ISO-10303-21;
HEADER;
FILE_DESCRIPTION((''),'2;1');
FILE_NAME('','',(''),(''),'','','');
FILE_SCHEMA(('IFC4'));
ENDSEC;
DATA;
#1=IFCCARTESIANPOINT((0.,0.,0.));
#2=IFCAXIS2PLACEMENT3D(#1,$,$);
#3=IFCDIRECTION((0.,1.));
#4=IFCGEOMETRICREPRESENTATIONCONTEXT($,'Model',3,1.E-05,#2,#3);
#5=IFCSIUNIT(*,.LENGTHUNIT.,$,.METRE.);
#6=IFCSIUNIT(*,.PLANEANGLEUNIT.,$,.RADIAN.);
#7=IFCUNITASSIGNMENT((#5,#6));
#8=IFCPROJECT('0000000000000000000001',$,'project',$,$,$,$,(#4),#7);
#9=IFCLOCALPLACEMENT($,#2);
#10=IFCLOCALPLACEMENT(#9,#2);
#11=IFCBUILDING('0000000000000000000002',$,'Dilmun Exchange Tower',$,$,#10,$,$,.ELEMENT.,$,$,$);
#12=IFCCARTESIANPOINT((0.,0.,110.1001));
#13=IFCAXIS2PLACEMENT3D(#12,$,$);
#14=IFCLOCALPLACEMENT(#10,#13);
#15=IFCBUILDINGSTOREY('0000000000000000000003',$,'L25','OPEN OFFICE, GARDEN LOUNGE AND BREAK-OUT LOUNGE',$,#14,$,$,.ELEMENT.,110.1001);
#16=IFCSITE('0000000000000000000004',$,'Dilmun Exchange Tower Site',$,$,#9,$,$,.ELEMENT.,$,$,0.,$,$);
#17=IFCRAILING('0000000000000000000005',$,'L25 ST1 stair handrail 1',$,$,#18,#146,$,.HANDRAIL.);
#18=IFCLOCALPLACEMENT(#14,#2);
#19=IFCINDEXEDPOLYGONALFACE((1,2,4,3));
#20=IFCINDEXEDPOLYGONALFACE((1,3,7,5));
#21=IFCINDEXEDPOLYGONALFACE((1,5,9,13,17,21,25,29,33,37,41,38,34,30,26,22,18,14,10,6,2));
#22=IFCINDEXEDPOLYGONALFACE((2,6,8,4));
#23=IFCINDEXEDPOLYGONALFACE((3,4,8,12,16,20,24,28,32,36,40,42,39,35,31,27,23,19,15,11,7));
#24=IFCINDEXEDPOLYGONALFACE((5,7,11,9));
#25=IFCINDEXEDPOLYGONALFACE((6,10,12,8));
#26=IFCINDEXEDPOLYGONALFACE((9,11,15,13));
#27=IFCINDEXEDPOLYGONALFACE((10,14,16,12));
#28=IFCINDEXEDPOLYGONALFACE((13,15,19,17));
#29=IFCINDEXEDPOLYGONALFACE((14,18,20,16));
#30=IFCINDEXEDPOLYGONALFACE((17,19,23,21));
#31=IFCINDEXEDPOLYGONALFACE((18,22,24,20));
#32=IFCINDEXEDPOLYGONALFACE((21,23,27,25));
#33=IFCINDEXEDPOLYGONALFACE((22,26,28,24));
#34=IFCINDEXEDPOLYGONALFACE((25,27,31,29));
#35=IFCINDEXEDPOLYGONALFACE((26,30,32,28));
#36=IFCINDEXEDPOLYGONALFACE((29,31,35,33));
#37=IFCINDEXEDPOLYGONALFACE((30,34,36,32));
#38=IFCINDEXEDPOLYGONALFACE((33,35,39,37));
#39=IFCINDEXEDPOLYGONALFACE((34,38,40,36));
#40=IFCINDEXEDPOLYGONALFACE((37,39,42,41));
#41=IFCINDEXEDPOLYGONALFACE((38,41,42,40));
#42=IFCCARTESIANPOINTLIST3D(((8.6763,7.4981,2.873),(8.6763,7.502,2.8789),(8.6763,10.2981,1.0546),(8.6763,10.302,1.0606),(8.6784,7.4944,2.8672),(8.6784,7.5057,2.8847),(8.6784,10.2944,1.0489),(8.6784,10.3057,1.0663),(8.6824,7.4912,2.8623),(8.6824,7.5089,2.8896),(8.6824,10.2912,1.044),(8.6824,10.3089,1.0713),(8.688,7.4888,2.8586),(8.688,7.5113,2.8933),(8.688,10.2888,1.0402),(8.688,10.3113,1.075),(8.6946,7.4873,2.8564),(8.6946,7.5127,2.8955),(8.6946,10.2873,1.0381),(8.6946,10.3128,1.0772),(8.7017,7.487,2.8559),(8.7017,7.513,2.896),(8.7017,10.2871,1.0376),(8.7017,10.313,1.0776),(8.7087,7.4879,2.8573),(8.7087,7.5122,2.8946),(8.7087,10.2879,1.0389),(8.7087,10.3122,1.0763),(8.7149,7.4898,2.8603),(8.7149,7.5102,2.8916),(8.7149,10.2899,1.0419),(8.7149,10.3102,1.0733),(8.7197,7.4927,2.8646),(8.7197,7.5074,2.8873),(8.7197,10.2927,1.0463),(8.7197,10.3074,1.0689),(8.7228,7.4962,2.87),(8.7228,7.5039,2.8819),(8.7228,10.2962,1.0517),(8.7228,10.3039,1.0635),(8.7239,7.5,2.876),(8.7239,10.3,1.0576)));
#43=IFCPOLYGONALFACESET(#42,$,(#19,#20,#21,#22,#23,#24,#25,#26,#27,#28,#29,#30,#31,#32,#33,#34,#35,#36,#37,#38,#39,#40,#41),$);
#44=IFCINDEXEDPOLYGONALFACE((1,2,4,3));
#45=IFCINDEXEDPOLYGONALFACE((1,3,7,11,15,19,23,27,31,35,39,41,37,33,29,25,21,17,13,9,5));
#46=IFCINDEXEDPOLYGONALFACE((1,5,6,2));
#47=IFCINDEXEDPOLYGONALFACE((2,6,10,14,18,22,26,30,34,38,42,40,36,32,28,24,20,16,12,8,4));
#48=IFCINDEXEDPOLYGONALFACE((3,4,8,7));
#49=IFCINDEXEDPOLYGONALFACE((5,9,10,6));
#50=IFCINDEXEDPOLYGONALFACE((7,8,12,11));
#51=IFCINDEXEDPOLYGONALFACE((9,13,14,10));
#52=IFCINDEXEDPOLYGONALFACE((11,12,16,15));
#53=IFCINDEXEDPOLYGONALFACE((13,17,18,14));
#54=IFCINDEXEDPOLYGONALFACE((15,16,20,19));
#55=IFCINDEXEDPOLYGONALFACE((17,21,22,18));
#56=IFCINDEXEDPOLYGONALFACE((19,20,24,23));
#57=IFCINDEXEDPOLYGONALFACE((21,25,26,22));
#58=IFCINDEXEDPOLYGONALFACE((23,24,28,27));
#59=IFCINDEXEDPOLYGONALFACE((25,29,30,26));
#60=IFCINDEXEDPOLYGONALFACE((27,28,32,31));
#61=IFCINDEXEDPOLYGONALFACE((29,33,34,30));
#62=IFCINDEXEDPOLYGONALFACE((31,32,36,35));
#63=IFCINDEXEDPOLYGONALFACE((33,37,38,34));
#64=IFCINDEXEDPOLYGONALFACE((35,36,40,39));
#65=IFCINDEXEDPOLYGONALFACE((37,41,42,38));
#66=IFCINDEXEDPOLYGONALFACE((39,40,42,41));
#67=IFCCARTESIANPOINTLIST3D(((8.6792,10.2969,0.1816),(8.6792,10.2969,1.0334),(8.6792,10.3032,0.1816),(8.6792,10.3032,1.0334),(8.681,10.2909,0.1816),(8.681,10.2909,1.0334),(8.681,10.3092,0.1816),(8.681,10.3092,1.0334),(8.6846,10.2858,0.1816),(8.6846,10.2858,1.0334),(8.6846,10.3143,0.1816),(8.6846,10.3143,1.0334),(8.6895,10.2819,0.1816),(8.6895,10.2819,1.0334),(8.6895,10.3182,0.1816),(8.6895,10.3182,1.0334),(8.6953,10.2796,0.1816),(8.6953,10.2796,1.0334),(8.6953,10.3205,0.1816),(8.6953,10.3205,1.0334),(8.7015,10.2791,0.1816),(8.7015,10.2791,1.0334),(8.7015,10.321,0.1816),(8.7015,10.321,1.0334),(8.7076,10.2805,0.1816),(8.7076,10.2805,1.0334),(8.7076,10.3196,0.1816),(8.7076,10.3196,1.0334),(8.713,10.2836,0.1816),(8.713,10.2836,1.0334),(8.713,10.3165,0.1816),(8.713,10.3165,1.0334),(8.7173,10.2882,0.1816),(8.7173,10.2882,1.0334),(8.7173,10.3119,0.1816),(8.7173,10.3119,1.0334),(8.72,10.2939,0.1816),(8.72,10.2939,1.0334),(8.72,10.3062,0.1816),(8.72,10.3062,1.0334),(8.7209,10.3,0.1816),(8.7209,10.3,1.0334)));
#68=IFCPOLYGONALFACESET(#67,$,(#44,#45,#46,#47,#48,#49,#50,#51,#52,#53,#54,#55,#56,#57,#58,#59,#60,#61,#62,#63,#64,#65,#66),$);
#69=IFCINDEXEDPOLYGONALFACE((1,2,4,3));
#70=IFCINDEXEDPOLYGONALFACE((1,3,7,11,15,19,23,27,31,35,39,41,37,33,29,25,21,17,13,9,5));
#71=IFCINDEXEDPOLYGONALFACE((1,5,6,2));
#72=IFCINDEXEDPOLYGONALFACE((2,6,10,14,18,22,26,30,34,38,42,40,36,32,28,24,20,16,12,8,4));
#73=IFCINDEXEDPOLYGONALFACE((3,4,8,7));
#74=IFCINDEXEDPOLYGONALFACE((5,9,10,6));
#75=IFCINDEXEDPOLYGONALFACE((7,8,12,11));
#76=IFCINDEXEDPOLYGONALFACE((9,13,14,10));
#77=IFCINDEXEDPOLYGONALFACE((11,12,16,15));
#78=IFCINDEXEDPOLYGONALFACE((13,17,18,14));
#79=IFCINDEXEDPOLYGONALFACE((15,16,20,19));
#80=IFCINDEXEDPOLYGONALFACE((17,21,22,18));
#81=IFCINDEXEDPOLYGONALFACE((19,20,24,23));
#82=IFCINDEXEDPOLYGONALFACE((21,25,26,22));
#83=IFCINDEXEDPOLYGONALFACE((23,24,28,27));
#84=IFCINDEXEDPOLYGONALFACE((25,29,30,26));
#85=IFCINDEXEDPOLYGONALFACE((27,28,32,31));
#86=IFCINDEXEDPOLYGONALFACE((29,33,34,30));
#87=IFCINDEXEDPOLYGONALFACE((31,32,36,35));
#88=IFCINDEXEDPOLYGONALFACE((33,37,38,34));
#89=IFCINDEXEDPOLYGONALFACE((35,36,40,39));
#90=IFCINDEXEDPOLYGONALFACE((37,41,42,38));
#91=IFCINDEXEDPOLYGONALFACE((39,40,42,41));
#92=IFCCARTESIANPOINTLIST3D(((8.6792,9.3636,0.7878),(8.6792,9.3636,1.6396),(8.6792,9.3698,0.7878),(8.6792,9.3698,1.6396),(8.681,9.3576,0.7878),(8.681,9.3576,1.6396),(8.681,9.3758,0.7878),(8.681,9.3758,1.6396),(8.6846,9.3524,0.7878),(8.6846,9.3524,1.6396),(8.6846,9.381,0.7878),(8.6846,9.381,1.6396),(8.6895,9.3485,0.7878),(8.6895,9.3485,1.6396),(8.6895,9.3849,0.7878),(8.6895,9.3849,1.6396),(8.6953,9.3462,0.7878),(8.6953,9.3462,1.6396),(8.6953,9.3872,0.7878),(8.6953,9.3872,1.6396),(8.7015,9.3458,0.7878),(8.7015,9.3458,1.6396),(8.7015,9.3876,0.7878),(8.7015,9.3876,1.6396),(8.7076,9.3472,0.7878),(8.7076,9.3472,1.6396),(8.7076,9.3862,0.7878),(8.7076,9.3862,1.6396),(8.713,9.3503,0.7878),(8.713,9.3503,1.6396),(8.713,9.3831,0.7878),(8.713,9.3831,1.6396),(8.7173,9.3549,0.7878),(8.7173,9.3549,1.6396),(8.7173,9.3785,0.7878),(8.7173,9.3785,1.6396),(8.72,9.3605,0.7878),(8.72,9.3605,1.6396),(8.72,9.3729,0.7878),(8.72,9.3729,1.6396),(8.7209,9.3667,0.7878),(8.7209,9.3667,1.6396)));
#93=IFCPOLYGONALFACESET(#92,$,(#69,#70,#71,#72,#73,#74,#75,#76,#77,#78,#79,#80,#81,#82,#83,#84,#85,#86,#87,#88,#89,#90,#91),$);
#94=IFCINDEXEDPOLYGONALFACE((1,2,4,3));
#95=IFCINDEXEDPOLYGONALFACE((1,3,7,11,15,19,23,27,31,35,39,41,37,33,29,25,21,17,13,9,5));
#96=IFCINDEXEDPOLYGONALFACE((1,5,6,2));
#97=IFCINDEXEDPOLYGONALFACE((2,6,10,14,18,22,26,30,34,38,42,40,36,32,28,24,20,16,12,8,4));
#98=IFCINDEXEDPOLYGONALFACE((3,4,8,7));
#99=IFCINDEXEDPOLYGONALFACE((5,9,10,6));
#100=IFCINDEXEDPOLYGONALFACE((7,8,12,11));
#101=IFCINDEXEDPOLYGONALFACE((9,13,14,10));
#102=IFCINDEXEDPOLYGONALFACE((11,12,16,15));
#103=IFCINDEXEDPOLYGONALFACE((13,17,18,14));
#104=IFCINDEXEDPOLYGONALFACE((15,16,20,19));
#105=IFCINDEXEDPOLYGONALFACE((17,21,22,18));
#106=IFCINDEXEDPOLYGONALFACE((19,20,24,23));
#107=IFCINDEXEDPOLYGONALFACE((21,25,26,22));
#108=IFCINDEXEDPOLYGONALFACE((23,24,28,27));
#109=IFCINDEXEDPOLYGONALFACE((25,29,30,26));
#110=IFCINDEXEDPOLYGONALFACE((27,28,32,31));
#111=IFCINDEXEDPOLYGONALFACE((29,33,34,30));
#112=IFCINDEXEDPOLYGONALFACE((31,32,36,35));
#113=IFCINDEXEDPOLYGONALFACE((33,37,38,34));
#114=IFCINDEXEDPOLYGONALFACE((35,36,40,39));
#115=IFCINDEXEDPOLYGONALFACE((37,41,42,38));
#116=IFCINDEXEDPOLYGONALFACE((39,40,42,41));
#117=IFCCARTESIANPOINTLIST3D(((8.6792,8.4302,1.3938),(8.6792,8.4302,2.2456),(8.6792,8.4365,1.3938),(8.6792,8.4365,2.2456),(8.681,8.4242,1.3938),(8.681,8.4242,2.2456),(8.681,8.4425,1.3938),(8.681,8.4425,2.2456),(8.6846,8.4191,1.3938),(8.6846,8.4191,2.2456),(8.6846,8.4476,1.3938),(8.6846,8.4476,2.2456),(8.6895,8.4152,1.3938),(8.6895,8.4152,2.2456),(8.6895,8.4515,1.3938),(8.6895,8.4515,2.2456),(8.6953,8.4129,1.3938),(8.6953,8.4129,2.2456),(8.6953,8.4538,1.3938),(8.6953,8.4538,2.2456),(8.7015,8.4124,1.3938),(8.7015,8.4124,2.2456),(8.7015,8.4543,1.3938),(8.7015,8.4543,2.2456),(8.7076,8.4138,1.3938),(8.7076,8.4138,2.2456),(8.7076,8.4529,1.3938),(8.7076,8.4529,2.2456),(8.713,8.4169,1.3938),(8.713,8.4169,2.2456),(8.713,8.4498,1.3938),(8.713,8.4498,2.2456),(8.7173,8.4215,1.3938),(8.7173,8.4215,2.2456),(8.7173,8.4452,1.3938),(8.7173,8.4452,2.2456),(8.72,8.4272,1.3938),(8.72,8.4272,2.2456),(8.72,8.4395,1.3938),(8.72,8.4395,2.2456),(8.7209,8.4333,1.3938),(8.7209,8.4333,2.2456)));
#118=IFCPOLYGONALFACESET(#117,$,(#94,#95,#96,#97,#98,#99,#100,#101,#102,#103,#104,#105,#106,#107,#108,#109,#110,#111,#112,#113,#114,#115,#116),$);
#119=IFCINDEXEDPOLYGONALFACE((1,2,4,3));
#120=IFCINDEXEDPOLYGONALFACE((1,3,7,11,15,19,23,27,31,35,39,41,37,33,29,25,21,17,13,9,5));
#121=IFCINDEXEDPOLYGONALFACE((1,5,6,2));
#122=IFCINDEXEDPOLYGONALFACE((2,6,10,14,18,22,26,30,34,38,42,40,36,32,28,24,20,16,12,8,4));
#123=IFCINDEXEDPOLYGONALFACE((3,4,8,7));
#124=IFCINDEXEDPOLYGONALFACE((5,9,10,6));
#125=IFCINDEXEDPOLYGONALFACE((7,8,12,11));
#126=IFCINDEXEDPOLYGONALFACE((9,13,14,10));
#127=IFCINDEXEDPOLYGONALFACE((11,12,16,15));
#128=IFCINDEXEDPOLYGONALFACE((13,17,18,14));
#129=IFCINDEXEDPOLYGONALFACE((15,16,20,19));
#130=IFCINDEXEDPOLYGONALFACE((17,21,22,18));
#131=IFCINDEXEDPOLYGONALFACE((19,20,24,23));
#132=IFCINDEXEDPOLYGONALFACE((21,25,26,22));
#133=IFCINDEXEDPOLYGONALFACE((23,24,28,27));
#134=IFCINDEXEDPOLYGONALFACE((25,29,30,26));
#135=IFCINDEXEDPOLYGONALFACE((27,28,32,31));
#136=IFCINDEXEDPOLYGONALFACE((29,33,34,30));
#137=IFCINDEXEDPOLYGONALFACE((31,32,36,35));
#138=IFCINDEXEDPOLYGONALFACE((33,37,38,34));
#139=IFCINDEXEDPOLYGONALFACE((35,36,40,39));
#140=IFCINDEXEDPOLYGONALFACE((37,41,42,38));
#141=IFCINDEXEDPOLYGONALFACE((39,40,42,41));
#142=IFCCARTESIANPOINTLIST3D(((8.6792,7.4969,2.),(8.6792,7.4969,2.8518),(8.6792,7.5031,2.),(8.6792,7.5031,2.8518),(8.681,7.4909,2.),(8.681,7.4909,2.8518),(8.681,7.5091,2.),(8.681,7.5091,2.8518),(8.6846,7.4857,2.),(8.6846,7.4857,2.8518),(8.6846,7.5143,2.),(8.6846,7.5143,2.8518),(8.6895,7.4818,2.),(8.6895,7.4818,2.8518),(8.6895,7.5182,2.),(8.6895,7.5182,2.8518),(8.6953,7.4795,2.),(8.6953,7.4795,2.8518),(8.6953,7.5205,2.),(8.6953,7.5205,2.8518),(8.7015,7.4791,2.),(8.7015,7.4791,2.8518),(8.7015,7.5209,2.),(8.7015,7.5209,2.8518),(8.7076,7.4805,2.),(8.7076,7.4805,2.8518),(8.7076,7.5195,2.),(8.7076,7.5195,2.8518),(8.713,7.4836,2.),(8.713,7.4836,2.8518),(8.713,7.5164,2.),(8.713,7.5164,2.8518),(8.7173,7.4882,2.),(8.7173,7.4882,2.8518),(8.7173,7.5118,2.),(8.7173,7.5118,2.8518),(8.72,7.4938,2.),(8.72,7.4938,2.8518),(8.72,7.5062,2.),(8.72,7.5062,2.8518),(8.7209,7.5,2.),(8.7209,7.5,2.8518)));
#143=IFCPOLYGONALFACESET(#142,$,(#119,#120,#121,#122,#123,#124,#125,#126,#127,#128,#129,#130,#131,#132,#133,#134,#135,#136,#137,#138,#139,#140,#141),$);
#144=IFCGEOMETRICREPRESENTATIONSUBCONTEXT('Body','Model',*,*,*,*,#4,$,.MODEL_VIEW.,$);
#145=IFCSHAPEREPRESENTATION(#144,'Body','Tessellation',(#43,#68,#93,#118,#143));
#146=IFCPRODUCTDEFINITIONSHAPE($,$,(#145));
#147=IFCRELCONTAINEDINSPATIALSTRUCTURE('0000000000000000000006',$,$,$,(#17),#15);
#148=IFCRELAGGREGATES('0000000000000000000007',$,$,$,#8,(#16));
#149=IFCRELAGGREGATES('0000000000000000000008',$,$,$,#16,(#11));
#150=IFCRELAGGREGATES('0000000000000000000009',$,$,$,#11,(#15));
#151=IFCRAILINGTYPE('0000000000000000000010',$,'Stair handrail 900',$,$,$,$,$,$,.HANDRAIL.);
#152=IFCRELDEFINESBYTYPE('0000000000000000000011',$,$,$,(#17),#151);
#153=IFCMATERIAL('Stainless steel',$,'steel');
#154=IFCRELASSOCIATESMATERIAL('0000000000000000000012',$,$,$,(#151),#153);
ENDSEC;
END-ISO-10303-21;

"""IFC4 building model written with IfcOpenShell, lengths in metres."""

from ifc_helpers import new_model, si_unit, direction, frame, origin, origin_2d, place, context, subcontext, project, spatial, circle, extrude, material, type_object, element, save


model = new_model("IFC4")

# Units and contexts
model_context = context("Model", 3, precision=1e-05, world=origin(), true_north=direction((0.0, 1.0)))
body_context = subcontext(model_context, "Body", "Model", "MODEL_VIEW")
ifc_project = project(units=[si_unit("LENGTHUNIT", "METRE"), si_unit("PLANEANGLEUNIT", "RADIAN")], contexts=[model_context])

# Site, building, storey
site_placement = place(None, origin())
site = spatial("IfcSite", under=ifc_project, at=site_placement, Name="Dilmun Exchange Tower Site", CompositionType="ELEMENT", RefElevation=0.0)
building_placement = place(site_placement, origin())
building = spatial("IfcBuilding", under=site, at=building_placement, Name="Dilmun Exchange Tower", CompositionType="ELEMENT")
storey_placement = place(building_placement, frame((0.0, 0.0, 110.1001)))
storey = spatial("IfcBuildingStorey", under=building, at=storey_placement, Name="L25", Description="OPEN OFFICE, GARDEN LOUNGE AND BREAK-OUT LOUNGE", CompositionType="ELEMENT", Elevation=110.1001)

# Railing
ifc_material_1 = material(Name="Stainless steel", Category="steel")
railing_type = type_object("IfcRailingType", Name="Stair handrail 900", PredefinedType="HANDRAIL", material=ifc_material_1)
railing_1_placement = place(storey_placement, frame((8.7, 10.3, 0.1816)))
element("IfcRailing", 1, at=railing_1_placement, inside=storey, type_object=railing_type, Name="L25 ST1 stair handrail 1", PredefinedType="HANDRAIL", context=body_context, shape_type="SweptSolid", body=[
    extrude(circle(Radius=0.0239, at=origin_2d()), frame((0.0, 0.0, 0.876), z_axis=(0.0, -0.838672, 0.544636), x_axis=(1.0, 0.0, 0.0)), (0.0, 0.0, 1.0), 3.3386),
    extrude(circle(Radius=0.021, at=origin_2d()), origin(), (0.0, 0.0, 1.0), 0.8518),
    extrude(circle(Radius=0.021, at=origin_2d()), frame((0.0, -0.9333, 0.6062)), (0.0, 0.0, 1.0), 0.8518),
    extrude(circle(Radius=0.021, at=origin_2d()), frame((0.0, -1.8667, 1.2122)), (0.0, 0.0, 1.0), 0.8518),
    extrude(circle(Radius=0.021, at=origin_2d()), frame((0.0, -2.8, 1.8184)), (0.0, 0.0, 1.0), 0.8518),
])

save(model, "model.ifc")
